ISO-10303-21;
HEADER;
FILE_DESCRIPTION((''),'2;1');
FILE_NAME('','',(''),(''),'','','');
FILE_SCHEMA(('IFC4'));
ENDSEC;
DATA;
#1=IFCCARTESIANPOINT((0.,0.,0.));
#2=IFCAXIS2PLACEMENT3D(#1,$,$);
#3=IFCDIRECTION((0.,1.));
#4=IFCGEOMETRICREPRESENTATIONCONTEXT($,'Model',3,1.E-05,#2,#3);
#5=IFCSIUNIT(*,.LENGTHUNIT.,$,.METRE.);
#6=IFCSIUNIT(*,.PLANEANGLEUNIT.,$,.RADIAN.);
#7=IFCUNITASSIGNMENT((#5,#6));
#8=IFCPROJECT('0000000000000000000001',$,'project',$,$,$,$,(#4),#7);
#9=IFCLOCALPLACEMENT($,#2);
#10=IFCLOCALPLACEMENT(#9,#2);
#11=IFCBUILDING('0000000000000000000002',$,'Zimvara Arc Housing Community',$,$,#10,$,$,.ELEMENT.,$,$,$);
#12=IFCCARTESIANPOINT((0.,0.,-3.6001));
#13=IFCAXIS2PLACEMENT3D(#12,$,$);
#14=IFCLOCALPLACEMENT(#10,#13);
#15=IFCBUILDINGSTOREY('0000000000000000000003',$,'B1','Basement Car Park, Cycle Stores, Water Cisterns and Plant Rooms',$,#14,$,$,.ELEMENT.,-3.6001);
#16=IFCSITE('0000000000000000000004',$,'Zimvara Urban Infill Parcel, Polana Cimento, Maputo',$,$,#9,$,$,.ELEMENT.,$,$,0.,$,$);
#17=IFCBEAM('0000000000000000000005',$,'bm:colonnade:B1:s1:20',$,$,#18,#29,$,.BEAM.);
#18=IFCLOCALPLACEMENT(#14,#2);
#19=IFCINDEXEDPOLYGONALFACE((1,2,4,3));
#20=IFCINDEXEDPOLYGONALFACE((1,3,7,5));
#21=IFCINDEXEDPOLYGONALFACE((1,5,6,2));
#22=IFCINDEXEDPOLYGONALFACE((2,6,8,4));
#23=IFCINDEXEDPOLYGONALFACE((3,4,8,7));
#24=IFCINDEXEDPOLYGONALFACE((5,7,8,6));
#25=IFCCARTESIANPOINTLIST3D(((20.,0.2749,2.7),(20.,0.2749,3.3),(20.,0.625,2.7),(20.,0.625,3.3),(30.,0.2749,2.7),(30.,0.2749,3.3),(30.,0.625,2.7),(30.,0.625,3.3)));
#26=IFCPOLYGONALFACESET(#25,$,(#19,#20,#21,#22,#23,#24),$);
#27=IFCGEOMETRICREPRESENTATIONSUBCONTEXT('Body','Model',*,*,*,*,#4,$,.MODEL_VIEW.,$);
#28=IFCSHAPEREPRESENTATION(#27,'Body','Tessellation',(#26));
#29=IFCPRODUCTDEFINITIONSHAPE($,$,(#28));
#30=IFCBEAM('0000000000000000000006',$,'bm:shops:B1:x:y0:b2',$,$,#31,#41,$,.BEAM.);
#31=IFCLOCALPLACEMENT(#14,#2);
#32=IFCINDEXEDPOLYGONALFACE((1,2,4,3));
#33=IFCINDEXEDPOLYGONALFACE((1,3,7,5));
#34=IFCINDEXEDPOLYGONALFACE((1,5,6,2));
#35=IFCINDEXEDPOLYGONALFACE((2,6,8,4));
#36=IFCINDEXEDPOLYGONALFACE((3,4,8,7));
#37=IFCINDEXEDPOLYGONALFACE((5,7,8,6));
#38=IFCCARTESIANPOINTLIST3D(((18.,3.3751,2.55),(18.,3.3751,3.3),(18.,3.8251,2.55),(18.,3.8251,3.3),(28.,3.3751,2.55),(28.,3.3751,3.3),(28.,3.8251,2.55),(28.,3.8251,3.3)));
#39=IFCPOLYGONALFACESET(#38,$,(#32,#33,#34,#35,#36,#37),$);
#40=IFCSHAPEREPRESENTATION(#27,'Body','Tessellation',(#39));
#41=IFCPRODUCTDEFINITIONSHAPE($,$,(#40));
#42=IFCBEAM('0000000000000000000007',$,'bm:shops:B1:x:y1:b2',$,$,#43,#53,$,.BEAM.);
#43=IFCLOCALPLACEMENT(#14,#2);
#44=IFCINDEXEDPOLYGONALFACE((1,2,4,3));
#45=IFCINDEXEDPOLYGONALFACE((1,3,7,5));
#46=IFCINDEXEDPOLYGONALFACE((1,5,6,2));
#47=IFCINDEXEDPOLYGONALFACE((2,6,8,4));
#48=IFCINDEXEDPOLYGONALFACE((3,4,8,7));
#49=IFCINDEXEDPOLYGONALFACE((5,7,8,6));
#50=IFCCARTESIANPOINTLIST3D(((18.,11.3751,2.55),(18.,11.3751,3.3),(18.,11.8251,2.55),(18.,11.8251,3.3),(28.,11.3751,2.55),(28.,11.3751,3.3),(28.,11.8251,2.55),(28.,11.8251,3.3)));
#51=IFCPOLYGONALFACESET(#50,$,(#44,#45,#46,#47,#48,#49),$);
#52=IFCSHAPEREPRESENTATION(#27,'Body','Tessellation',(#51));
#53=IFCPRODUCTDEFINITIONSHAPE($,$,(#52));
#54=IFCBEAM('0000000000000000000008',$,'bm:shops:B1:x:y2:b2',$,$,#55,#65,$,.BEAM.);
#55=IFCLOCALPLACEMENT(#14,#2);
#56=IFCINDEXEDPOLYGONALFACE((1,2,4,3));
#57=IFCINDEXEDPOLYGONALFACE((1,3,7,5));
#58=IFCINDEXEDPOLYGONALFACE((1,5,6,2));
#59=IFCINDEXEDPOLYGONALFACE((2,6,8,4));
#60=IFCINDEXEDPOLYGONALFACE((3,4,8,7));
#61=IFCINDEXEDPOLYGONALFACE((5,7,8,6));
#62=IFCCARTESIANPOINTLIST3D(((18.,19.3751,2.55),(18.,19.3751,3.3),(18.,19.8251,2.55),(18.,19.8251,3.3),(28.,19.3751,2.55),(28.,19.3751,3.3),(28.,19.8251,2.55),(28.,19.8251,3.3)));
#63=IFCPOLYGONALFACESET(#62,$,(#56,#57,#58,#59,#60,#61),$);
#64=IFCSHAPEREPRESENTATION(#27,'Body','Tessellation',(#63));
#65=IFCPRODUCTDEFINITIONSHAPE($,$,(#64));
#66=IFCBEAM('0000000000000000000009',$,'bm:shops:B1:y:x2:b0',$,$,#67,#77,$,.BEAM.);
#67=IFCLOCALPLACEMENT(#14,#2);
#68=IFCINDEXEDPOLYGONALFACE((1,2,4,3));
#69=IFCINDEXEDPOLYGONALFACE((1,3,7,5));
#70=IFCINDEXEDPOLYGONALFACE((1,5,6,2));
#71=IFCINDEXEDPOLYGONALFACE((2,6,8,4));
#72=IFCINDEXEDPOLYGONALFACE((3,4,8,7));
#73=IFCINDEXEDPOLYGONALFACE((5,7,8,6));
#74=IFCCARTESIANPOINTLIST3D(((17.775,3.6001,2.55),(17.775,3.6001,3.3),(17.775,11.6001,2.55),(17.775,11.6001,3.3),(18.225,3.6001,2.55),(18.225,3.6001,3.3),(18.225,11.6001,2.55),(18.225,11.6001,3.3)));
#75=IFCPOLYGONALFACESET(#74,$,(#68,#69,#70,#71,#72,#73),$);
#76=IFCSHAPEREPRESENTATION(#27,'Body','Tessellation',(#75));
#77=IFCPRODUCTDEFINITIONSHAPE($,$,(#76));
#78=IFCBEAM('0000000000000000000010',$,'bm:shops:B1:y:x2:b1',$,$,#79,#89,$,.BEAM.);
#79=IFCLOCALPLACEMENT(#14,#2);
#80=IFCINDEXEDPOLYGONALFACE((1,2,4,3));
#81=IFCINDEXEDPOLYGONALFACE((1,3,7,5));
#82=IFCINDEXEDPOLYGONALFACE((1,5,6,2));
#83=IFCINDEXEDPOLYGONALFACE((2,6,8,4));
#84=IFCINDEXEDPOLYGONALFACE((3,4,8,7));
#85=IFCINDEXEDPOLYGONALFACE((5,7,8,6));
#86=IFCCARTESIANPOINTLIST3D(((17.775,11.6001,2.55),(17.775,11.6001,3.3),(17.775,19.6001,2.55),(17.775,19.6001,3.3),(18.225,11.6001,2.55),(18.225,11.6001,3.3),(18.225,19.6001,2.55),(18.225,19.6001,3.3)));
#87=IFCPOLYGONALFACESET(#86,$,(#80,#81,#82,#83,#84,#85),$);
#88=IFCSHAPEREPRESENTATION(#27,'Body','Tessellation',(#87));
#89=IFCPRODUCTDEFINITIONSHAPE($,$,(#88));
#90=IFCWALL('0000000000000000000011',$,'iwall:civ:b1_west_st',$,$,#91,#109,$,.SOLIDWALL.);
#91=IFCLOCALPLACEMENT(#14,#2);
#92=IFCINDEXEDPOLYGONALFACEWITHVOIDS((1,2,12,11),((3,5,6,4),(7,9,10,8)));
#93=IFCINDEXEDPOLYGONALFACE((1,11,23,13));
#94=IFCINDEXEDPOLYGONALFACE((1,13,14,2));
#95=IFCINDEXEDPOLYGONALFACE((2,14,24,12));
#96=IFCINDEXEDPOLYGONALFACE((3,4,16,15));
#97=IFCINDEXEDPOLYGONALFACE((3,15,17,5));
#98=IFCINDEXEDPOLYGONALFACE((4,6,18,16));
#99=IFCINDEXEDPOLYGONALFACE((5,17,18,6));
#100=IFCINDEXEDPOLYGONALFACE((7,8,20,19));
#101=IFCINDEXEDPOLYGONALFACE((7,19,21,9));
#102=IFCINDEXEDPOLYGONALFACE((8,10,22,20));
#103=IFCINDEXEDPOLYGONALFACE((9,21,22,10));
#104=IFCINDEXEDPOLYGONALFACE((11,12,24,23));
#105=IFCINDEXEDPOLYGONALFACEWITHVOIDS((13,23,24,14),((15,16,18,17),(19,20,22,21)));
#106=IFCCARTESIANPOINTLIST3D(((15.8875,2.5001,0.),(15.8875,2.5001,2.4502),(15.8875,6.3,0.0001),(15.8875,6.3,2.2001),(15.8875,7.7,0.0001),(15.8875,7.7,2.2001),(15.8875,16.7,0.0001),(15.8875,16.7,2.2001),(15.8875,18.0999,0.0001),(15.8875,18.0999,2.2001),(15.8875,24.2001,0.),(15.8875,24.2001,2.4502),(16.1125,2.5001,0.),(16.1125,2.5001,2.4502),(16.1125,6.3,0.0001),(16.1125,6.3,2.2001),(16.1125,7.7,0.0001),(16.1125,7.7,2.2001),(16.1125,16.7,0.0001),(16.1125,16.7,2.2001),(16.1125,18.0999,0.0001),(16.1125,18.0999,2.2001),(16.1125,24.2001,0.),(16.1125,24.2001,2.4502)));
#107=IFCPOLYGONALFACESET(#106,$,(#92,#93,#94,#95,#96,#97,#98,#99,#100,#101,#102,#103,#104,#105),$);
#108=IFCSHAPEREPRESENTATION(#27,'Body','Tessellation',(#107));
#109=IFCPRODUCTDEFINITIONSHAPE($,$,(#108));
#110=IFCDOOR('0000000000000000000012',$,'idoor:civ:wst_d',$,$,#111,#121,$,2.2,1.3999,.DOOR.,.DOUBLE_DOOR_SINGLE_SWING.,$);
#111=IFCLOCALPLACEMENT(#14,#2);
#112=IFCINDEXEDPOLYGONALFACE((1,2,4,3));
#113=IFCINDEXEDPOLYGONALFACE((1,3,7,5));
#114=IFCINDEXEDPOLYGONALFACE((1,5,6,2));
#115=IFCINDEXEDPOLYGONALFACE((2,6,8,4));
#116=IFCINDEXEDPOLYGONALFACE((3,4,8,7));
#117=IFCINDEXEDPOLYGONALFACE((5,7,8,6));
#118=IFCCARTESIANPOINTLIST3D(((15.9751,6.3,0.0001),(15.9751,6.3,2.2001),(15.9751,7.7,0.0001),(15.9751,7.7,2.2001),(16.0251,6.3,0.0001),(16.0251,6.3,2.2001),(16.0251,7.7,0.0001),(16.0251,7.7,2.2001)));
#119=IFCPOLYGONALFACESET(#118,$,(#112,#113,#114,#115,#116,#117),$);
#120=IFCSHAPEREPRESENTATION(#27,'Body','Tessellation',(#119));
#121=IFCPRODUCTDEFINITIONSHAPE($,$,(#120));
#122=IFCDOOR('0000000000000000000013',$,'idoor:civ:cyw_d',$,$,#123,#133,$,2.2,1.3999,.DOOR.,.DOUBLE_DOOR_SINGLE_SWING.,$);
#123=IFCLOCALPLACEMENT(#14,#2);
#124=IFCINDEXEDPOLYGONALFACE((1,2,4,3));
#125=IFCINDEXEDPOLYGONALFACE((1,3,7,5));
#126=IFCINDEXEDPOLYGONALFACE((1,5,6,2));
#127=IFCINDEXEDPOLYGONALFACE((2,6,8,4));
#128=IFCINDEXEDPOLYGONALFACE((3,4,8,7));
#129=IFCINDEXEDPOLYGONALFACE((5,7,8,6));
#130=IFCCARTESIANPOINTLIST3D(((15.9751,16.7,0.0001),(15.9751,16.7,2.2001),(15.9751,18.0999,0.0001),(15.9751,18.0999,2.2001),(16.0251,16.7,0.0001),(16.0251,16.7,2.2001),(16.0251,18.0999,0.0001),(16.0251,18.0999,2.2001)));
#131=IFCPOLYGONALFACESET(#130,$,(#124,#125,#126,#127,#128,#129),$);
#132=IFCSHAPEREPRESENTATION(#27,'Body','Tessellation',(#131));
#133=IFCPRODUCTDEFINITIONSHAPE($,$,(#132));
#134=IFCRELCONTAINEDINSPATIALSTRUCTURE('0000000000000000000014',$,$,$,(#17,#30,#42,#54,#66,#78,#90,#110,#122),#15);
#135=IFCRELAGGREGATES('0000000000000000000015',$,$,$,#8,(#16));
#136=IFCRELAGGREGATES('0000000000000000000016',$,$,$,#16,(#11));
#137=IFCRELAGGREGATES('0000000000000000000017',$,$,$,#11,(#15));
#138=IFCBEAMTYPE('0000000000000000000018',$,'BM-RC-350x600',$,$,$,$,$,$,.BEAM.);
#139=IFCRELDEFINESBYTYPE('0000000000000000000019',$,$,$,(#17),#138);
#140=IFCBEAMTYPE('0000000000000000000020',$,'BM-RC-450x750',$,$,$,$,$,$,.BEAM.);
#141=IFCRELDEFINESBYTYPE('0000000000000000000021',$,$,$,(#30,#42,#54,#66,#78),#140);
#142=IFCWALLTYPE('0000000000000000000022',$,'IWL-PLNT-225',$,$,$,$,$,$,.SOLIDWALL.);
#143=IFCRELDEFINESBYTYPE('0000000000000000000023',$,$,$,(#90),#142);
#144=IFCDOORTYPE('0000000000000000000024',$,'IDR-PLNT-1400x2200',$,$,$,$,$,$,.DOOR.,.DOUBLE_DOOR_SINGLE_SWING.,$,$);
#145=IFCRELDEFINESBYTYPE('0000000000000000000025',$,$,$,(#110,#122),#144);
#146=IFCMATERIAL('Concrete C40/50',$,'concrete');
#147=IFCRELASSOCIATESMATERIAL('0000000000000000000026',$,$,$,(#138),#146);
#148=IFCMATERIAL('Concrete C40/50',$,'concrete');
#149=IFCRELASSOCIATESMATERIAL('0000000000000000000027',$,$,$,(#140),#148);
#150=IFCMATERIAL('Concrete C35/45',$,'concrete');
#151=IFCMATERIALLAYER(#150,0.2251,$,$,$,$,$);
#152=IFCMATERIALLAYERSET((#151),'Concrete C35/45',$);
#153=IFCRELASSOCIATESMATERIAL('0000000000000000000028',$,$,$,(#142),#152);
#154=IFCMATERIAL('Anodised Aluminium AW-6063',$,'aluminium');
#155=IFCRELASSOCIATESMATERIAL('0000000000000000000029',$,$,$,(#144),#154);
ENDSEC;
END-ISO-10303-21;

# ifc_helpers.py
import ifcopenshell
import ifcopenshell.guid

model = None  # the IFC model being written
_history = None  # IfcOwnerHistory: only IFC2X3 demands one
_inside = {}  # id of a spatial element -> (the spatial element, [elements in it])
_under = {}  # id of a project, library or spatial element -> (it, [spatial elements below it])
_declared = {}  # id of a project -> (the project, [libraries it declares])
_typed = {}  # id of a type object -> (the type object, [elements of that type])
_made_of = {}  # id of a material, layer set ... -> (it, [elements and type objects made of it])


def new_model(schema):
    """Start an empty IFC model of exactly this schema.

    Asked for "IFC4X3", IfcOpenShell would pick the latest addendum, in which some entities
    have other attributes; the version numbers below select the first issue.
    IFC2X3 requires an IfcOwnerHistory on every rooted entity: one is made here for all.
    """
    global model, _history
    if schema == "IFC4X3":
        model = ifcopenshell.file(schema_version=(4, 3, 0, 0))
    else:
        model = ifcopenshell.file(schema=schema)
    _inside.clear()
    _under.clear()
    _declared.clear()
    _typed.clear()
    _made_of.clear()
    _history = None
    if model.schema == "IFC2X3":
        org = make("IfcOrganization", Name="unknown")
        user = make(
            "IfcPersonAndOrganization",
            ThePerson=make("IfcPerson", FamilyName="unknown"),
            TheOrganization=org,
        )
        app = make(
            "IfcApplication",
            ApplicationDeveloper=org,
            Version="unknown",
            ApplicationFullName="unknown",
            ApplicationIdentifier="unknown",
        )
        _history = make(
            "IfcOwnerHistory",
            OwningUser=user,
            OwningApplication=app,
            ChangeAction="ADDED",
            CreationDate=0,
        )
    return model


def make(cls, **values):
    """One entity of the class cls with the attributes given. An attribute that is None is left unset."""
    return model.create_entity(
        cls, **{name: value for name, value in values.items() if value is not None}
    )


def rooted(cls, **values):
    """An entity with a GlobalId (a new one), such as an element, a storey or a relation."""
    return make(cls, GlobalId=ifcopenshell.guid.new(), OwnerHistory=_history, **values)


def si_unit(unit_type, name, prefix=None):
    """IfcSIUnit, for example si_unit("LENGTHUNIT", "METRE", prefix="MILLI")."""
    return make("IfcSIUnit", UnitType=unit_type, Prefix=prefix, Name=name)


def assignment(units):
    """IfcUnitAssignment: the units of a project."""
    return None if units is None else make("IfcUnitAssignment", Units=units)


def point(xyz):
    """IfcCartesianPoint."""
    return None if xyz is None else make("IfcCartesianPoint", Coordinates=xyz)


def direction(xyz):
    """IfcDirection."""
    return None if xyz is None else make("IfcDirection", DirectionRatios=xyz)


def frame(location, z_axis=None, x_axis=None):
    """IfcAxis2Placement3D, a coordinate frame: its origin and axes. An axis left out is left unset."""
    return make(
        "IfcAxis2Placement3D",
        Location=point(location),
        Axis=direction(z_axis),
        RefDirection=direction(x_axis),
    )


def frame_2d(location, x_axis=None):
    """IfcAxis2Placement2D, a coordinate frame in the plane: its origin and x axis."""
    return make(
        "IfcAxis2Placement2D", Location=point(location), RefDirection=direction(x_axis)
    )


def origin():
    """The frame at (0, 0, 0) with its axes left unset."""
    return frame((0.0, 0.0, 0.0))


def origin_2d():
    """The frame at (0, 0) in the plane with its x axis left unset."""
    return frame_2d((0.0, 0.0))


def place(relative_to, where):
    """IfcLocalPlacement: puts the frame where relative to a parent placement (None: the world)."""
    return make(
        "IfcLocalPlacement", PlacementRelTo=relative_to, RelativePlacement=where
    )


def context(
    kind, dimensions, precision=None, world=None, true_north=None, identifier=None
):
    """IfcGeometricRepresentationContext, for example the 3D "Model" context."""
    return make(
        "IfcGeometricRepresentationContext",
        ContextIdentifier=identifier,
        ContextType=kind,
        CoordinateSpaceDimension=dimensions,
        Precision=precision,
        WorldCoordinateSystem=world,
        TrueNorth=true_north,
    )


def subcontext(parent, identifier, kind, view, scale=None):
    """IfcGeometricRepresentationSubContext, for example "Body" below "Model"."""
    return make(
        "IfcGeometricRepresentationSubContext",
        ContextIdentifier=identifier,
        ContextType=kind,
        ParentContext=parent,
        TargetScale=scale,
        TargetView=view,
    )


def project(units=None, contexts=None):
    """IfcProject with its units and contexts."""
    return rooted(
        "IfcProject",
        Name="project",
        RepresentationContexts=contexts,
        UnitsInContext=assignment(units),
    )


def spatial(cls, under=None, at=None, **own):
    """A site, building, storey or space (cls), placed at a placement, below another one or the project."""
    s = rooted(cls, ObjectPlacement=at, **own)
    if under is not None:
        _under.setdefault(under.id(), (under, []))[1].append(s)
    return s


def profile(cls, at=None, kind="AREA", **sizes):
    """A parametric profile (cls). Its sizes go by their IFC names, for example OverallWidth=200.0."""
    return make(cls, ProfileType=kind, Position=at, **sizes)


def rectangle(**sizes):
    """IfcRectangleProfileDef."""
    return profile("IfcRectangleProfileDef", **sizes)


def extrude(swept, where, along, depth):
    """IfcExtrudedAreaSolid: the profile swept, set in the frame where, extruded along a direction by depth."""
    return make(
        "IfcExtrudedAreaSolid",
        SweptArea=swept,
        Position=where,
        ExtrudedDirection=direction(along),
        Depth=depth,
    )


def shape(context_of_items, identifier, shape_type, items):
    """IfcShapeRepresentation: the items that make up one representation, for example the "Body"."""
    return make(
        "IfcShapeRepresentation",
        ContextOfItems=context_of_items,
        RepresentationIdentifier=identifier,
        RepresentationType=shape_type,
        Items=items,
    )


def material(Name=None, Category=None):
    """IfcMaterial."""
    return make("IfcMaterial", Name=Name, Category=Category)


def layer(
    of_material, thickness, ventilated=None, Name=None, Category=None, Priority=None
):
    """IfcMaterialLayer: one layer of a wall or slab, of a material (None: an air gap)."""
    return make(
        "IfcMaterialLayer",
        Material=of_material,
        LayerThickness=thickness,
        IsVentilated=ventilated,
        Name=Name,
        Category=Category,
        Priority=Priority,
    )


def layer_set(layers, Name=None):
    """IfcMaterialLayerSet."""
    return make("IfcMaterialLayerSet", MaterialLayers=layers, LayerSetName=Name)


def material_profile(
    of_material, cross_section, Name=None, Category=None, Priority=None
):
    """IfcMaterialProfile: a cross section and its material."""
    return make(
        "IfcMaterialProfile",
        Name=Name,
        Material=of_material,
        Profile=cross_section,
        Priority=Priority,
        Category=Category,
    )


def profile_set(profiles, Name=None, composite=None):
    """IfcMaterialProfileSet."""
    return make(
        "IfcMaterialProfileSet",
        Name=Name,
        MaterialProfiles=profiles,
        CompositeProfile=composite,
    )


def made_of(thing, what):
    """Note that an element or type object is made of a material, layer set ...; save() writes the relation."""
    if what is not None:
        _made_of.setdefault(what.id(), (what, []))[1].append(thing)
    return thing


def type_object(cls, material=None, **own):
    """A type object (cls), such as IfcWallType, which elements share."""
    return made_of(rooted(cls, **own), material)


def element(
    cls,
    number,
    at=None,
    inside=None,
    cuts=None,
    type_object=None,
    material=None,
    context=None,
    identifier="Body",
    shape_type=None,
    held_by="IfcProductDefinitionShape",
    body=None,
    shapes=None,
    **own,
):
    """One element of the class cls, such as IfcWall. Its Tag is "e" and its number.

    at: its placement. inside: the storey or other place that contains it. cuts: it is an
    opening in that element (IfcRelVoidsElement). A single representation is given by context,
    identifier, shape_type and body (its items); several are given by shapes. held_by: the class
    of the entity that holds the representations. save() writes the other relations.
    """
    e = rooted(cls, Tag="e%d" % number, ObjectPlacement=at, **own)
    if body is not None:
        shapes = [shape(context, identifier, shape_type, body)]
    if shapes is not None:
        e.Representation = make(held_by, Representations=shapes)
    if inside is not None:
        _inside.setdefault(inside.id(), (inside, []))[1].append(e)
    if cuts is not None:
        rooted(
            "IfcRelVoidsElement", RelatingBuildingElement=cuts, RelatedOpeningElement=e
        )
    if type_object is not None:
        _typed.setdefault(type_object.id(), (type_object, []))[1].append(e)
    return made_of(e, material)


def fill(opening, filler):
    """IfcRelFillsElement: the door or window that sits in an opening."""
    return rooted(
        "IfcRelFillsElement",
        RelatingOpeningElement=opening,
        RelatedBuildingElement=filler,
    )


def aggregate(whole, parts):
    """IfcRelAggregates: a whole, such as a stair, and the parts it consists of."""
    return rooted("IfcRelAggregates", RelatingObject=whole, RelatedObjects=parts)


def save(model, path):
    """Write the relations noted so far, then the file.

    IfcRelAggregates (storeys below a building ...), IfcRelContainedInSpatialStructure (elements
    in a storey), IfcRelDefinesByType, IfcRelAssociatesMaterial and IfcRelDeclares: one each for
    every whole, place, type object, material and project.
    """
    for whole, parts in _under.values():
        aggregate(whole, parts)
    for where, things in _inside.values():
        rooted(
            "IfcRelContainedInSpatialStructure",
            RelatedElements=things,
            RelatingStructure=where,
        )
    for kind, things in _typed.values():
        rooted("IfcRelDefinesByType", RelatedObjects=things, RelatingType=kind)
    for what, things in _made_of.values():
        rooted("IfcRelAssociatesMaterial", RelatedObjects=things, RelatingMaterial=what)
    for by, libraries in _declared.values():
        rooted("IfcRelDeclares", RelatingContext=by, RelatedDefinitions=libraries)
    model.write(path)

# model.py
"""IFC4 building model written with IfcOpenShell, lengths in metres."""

from ifc_helpers import new_model, si_unit, direction, frame, frame_2d, origin, origin_2d, place, context, subcontext, project, spatial, rectangle, extrude, material, layer, layer_set, material_profile, profile_set, type_object, element, fill, save


model = new_model("IFC4")

# Units and contexts
model_context = context("Model", 3, precision=1e-05, world=origin(), true_north=direction((0.0, 1.0)))
body_context = subcontext(model_context, "Body", "Model", "MODEL_VIEW")
ifc_project = project(units=[si_unit("LENGTHUNIT", "METRE"), si_unit("PLANEANGLEUNIT", "RADIAN")], contexts=[model_context])

# Site, building, storey
site_placement = place(None, origin())
site = spatial("IfcSite", under=ifc_project, at=site_placement, Name="Zimvara Urban Infill Parcel, Polana Cimento, Maputo", CompositionType="ELEMENT", RefElevation=0.0)
building_placement = place(site_placement, origin())
building = spatial("IfcBuilding", under=site, at=building_placement, Name="Zimvara Arc Housing Community", CompositionType="ELEMENT")
storey_placement = place(building_placement, frame((0.0, 0.0, -3.6001)))
storey = spatial("IfcBuildingStorey", under=building, at=storey_placement, Name="B1", Description="Basement Car Park, Cycle Stores, Water Cisterns and Plant Rooms", CompositionType="ELEMENT", Elevation=-3.6001)

# Beams
ifc_material_1 = material(Name="Concrete C40/50", Category="concrete")
ifc_material_profile_1 = material_profile(ifc_material_1, rectangle(XDim=0.3501, YDim=0.6001, at=origin_2d()), Name="RC 350x600")
ifc_profile_set_1 = profile_set([ifc_material_profile_1], Name="Concrete C40/50")
beam_type_1 = type_object("IfcBeamType", Name="BM-RC-350x600", PredefinedType="BEAM", material=ifc_profile_set_1)
for number, where, z_axis, x_axis, name in (
    (1, (20.0, 0.45, 3.0), (1.0, 0.0, 0.0), (0.0, 1.0, 0.0), "bm:colonnade:B1:s1:20"),
):
    element("IfcBeam", number, at=place(storey_placement, frame(where, z_axis=z_axis, x_axis=x_axis)), inside=storey, type_object=beam_type_1, Name=name, PredefinedType="BEAM", context=body_context, shape_type="SweptSolid", body=[
        extrude(rectangle(XDim=0.3501, YDim=0.6001, at=origin_2d()), origin(), (0.0, 0.0, 1.0), 10.0),
    ])
ifc_material_2 = material(Name="Concrete C40/50", Category="concrete")
ifc_material_profile_2 = material_profile(ifc_material_2, rectangle(XDim=0.45, YDim=0.75, at=origin_2d()), Name="RC 450x750")
ifc_profile_set_2 = profile_set([ifc_material_profile_2], Name="Concrete C40/50")
beam_type_2 = type_object("IfcBeamType", Name="BM-RC-450x750", PredefinedType="BEAM", material=ifc_profile_set_2)
for number, where, z_axis, x_axis, name in (
    (2, (18.0, 3.6001, 2.925), (1.0, 0.0, 0.0), (0.0, 1.0, 0.0), "bm:shops:B1:x:y0:b2"),
    (3, (18.0, 11.6001, 2.925), (1.0, 0.0, 0.0), (0.0, 1.0, 0.0), "bm:shops:B1:x:y1:b2"),
    (4, (18.0, 19.6001, 2.925), (1.0, 0.0, 0.0), (0.0, 1.0, 0.0), "bm:shops:B1:x:y2:b2"),
):
    element("IfcBeam", number, at=place(storey_placement, frame(where, z_axis=z_axis, x_axis=x_axis)), inside=storey, type_object=beam_type_2, Name=name, PredefinedType="BEAM", context=body_context, shape_type="SweptSolid", body=[
        extrude(rectangle(XDim=0.45, YDim=0.75, at=origin_2d()), origin(), (0.0, 0.0, 1.0), 10.0),
    ])
for number, where, z_axis, x_axis, name in (
    (5, (18.0, 3.6001, 2.925), (0.0, 1.0, 0.0), (-1.0, 0.0, 0.0), "bm:shops:B1:y:x2:b0"),
    (6, (18.0, 11.6001, 2.925), (0.0, 1.0, 0.0), (-1.0, 0.0, 0.0), "bm:shops:B1:y:x2:b1"),
):
    element("IfcBeam", number, at=place(storey_placement, frame(where, z_axis=z_axis, x_axis=x_axis)), inside=storey, type_object=beam_type_2, Name=name, PredefinedType="BEAM", context=body_context, shape_type="SweptSolid", body=[
        extrude(rectangle(XDim=0.45, YDim=0.75, at=origin_2d()), origin(), (0.0, 0.0, 1.0), 8.0),
    ])

# Wall, openings, doors
ifc_material_3 = material(Name="Concrete C35/45", Category="concrete")
ifc_layer = layer(ifc_material_3, 0.2251)
ifc_layer_set = layer_set([ifc_layer], Name="Concrete C35/45")
wall_type = type_object("IfcWallType", Name="IWL-PLNT-225", PredefinedType="SOLIDWALL", material=ifc_layer_set)
wall_placement = place(storey_placement, frame((16.0, 2.5, 0.0), z_axis=(0.0, 0.0, 1.0), x_axis=(0.0, 1.0, 0.0)))
wall = element("IfcWall", 7, at=wall_placement, inside=storey, type_object=wall_type, Name="iwall:civ:b1_west_st", PredefinedType="SOLIDWALL", context=body_context, shape_type="SweptSolid", body=[
    extrude(rectangle(XDim=21.7, YDim=0.2251, at=frame_2d((10.8501, 0.0))), origin(), (0.0, 0.0, 1.0), 2.4502),
])
opening_1_placement = place(wall_placement, frame((3.8, 0.0, 0.0)))
opening_1 = element("IfcOpeningElement", 8, at=opening_1_placement, cuts=wall, PredefinedType="OPENING", context=body_context, shape_type="SweptSolid", body=[
    extrude(rectangle(XDim=1.3999, YDim=2.2, at=frame_2d((0.7, 1.1001))), frame((0.0, 0.1226, 0.0), z_axis=(0.0, -1.0, 0.0), x_axis=(1.0, 0.0, 0.0)), (0.0, 0.0, 1.0), 0.2451),
])
opening_2_placement = place(wall_placement, frame((14.2, 0.0, 0.0)))
opening_2 = element("IfcOpeningElement", 9, at=opening_2_placement, cuts=wall, PredefinedType="OPENING", context=body_context, shape_type="SweptSolid", body=[
    extrude(rectangle(XDim=1.3999, YDim=2.2, at=frame_2d((0.7, 1.1001))), frame((0.0, 0.1226, 0.0), z_axis=(0.0, -1.0, 0.0), x_axis=(1.0, 0.0, 0.0)), (0.0, 0.0, 1.0), 0.2451),
])
ifc_material_4 = material(Name="Anodised Aluminium AW-6063", Category="aluminium")
door_type = type_object("IfcDoorType", Name="IDR-PLNT-1400x2200", OperationType="DOUBLE_DOOR_SINGLE_SWING", PredefinedType="DOOR", material=ifc_material_4)
door_1_placement = place(opening_1_placement, origin())
door_1 = element("IfcDoor", 10, at=door_1_placement, inside=storey, type_object=door_type, Name="idoor:civ:wst_d", OperationType="DOUBLE_DOOR_SINGLE_SWING", OverallHeight=2.2, OverallWidth=1.3999, PredefinedType="DOOR", context=body_context, shape_type="SweptSolid", body=[
    extrude(rectangle(XDim=1.3999, YDim=2.2, at=frame_2d((0.7, 1.1001))), frame((0.0, 0.0249, 0.0), z_axis=(0.0, -1.0, 0.0), x_axis=(1.0, 0.0, 0.0)), (0.0, 0.0, 1.0), 0.05),
])
fill(opening_1, door_1)
door_2_placement = place(opening_2_placement, origin())
door_2 = element("IfcDoor", 11, at=door_2_placement, inside=storey, type_object=door_type, Name="idoor:civ:cyw_d", OperationType="DOUBLE_DOOR_SINGLE_SWING", OverallHeight=2.2, OverallWidth=1.3999, PredefinedType="DOOR", context=body_context, shape_type="SweptSolid", body=[
    extrude(rectangle(XDim=1.3999, YDim=2.2, at=frame_2d((0.7, 1.1001))), frame((0.0, 0.0249, 0.0), z_axis=(0.0, -1.0, 0.0), x_axis=(1.0, 0.0, 0.0)), (0.0, 0.0, 1.0), 0.05),
])
fill(opening_2, door_2)

save(model, "model.ifc")
